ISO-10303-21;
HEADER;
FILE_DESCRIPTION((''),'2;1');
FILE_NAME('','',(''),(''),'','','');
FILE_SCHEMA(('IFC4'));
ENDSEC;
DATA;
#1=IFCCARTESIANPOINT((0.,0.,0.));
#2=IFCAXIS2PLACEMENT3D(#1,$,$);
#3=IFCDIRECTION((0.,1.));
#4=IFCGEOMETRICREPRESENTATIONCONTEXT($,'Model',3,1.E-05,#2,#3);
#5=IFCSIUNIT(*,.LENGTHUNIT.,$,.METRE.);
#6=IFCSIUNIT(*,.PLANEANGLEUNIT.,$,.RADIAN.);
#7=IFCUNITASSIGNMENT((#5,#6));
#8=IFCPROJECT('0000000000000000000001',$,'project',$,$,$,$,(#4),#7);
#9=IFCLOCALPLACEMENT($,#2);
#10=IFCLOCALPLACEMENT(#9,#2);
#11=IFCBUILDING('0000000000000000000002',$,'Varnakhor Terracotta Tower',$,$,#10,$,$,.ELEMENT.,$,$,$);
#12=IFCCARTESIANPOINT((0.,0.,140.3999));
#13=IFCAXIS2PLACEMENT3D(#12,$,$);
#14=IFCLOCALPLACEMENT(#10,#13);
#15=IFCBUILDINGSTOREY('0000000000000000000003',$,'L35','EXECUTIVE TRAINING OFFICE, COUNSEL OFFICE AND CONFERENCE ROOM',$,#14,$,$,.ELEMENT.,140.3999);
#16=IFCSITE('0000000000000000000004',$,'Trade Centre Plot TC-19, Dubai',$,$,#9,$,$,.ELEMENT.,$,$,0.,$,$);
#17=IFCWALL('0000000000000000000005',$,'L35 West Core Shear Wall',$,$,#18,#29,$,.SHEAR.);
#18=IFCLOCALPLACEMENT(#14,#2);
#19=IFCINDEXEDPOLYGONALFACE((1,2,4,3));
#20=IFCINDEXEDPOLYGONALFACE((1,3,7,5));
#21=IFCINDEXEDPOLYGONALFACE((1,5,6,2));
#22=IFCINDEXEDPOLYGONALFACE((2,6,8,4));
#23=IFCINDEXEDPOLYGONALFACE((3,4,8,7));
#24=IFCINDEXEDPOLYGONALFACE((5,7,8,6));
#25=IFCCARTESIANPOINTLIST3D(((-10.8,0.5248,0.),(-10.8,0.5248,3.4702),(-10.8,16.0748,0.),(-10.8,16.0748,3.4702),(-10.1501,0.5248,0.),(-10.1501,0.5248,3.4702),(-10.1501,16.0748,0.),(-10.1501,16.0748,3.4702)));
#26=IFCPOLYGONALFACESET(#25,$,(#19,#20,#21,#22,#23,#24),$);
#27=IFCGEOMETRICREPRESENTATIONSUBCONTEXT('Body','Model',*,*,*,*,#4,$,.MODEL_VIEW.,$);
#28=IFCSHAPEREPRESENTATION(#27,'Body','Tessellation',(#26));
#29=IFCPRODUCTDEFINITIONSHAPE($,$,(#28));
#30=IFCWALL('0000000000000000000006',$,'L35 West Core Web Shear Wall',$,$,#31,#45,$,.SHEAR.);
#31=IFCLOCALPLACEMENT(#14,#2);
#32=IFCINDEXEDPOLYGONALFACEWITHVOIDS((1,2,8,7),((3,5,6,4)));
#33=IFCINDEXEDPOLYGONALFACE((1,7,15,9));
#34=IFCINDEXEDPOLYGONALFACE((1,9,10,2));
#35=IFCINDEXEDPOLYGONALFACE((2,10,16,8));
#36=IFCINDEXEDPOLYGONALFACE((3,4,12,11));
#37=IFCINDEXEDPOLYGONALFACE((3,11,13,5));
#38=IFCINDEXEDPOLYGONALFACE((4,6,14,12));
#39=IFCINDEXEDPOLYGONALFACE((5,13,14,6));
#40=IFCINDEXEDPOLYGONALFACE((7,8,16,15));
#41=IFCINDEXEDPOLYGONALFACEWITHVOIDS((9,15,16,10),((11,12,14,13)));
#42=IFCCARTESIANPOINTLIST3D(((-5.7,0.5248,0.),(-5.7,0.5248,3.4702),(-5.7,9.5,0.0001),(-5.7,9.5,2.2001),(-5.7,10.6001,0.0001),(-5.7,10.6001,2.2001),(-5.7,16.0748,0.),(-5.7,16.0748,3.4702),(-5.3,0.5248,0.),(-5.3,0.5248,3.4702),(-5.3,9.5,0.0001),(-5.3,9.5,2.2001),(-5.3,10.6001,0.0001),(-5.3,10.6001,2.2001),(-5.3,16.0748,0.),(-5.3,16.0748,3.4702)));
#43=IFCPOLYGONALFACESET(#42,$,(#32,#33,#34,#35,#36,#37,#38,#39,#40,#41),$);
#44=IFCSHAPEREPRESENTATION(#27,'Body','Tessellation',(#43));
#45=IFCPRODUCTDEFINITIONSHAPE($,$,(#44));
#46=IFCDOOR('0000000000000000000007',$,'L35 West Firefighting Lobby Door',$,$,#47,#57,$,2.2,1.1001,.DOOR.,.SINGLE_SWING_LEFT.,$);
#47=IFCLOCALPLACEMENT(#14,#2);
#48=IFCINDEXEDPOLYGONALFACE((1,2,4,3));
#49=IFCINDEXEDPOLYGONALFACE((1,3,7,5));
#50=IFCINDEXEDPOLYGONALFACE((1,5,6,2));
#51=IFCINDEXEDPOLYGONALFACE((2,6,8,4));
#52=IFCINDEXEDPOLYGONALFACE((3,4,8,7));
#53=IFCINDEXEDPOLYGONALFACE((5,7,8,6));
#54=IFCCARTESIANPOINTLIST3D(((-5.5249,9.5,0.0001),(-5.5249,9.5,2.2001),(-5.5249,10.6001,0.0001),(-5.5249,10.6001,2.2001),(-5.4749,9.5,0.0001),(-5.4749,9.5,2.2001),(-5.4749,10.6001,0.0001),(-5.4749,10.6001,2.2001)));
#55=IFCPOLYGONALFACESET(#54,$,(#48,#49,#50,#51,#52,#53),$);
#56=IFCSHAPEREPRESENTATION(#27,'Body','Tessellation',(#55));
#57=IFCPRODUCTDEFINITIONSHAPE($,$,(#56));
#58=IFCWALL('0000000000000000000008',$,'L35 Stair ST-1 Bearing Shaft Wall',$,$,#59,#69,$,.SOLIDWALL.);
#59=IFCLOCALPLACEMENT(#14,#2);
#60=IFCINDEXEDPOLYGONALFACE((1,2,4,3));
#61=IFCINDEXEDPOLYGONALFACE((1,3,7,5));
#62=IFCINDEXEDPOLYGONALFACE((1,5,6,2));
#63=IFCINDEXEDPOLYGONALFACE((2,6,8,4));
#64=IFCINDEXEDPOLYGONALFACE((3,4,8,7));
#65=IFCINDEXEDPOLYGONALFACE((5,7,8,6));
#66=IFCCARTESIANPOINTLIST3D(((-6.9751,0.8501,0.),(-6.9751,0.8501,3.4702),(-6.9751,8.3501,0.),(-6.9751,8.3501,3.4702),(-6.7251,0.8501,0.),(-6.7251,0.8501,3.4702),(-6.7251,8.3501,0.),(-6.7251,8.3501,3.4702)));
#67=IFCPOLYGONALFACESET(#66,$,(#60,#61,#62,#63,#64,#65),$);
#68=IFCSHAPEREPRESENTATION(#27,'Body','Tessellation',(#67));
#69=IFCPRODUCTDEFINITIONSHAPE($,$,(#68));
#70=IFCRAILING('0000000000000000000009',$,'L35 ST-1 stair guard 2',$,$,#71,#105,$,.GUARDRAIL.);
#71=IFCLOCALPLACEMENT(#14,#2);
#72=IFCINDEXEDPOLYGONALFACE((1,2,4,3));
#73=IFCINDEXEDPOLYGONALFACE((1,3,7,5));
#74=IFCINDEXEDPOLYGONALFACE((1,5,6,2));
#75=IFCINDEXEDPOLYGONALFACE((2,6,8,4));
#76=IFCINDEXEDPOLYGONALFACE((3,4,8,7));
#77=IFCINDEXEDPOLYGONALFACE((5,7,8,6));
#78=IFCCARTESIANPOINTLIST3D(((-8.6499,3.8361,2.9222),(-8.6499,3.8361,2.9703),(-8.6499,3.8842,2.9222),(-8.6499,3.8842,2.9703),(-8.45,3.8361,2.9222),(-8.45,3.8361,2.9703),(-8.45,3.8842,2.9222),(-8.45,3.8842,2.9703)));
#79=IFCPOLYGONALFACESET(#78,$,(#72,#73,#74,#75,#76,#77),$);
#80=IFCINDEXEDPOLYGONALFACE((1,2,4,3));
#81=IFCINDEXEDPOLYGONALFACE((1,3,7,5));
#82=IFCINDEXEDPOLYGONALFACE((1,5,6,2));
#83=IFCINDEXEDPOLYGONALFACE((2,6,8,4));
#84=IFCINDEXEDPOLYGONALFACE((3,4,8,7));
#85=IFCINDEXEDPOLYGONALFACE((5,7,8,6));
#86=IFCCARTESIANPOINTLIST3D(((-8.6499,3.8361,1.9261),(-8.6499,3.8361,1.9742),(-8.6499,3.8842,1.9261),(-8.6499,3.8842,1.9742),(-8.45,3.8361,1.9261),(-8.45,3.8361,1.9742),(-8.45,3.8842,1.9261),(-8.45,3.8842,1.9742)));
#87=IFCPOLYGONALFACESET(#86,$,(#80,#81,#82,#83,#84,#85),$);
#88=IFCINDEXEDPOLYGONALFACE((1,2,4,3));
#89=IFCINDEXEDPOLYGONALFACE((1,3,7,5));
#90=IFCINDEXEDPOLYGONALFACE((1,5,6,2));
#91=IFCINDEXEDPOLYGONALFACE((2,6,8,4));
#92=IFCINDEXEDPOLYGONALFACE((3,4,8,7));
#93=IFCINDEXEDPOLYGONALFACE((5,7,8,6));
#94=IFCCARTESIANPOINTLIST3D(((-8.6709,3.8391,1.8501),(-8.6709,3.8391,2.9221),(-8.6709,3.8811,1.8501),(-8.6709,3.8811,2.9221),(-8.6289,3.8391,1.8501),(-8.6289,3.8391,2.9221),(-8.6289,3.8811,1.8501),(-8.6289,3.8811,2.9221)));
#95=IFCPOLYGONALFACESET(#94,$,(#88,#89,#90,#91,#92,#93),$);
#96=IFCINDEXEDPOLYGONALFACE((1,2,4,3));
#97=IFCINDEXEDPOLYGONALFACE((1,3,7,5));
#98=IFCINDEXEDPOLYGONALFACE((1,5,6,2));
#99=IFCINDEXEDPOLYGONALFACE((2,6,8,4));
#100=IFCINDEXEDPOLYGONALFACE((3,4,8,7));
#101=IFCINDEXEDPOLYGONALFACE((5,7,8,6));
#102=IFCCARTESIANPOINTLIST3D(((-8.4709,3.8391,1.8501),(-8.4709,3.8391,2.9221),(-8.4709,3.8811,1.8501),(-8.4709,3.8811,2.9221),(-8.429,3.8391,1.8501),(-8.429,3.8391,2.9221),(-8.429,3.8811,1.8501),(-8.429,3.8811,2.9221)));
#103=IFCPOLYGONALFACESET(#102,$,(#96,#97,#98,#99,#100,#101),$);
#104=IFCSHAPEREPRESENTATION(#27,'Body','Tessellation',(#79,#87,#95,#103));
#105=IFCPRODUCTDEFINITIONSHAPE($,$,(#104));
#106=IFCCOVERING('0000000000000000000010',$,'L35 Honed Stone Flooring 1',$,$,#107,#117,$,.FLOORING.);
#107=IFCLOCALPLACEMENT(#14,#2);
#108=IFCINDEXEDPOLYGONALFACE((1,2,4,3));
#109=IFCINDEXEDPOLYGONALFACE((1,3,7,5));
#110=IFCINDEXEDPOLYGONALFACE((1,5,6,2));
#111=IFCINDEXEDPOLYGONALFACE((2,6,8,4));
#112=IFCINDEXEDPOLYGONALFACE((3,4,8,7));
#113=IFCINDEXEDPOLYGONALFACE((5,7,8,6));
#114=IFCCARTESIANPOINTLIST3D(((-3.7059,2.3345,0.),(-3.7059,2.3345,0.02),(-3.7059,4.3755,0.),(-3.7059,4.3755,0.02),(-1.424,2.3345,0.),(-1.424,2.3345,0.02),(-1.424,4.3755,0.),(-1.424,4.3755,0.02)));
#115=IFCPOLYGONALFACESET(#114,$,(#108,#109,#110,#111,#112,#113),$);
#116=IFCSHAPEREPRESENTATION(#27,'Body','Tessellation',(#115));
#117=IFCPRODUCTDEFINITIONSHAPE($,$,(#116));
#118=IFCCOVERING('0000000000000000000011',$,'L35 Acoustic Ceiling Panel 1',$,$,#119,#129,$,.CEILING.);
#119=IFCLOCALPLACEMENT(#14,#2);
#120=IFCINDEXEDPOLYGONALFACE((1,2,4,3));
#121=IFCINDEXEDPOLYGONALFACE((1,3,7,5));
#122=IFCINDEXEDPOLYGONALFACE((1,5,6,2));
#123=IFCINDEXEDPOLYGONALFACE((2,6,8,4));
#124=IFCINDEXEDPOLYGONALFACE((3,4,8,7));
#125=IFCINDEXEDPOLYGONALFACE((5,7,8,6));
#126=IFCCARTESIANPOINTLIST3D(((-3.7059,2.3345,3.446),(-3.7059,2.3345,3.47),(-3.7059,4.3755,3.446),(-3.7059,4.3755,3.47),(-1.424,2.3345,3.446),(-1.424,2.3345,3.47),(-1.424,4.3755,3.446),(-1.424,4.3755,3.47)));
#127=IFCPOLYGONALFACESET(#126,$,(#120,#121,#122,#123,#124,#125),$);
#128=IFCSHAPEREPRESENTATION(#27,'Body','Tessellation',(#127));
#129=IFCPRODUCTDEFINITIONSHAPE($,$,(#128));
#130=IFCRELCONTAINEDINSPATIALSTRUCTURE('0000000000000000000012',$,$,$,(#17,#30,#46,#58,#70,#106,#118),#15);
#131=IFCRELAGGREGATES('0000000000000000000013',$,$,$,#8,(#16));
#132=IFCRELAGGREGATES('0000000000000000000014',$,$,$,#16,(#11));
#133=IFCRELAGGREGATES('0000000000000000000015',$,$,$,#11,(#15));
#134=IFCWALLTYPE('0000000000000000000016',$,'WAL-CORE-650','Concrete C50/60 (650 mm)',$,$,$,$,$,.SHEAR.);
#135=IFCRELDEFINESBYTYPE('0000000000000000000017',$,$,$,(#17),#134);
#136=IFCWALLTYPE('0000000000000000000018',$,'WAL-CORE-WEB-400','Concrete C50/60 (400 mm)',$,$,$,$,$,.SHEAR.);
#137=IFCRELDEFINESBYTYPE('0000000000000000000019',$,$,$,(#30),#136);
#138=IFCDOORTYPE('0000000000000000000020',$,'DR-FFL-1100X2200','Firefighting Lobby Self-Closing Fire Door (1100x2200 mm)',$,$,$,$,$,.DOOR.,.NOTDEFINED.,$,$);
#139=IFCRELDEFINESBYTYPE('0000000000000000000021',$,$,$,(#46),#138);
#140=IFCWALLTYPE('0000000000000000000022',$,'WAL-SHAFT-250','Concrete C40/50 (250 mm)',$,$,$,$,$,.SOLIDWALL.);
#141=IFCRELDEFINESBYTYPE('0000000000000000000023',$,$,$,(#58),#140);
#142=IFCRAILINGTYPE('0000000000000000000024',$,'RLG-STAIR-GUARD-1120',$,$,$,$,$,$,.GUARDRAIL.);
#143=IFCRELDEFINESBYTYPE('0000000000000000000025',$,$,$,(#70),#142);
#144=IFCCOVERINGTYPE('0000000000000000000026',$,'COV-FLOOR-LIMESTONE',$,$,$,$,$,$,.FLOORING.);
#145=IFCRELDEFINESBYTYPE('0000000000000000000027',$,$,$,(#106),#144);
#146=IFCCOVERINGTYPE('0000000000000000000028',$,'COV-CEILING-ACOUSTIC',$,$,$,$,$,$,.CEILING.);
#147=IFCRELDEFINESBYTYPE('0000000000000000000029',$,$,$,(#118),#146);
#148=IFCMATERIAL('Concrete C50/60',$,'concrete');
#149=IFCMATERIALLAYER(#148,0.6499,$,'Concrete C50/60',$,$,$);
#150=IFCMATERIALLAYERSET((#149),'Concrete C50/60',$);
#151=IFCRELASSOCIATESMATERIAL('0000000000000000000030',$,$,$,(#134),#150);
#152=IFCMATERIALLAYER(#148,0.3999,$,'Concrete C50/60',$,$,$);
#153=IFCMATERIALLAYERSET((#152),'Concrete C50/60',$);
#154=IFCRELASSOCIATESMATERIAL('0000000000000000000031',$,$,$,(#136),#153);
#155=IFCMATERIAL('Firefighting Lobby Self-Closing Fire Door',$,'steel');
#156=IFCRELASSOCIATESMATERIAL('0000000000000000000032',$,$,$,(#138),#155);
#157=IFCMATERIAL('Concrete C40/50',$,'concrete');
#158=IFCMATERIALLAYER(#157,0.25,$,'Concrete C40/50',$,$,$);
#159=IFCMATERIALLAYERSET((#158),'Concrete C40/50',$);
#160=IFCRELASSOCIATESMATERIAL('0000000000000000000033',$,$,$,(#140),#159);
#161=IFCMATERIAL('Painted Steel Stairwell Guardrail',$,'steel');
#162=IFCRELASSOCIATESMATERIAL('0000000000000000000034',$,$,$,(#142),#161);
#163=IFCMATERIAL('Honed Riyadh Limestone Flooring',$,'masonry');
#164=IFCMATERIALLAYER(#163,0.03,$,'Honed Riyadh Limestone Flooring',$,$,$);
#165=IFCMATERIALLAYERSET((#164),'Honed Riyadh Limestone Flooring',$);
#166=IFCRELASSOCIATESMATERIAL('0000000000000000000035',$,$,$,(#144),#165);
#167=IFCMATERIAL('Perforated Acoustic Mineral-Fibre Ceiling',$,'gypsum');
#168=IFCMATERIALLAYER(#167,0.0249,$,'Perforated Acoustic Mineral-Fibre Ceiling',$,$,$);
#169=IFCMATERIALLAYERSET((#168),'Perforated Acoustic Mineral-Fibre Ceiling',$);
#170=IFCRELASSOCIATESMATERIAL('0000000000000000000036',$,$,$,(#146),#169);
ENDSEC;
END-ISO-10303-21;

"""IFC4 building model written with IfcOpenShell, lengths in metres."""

from ifc_helpers import new_model, si_unit, direction, frame, frame_2d, origin, origin_2d, place, context, subcontext, project, spatial, rectangle, extrude, source, transform, mapped, material, layer, layer_set, type_object, type_shapes, element, fill, save


model = new_model("IFC4")

# Units and contexts
model_context = context("Model", 3, precision=1e-05, world=origin(), true_north=direction((0.0, 1.0)))
body_context = subcontext(model_context, "Body", "Model", "MODEL_VIEW")
ifc_project = project(units=[si_unit("LENGTHUNIT", "METRE"), si_unit("PLANEANGLEUNIT", "RADIAN")], contexts=[model_context])

# Site, building, storey
site_placement = place(None, origin())
site = spatial("IfcSite", under=ifc_project, at=site_placement, Name="Trade Centre Plot TC-19, Dubai", CompositionType="ELEMENT", RefElevation=0.0)
building_placement = place(site_placement, origin())
building = spatial("IfcBuilding", under=site, at=building_placement, Name="Varnakhor Terracotta Tower", CompositionType="ELEMENT")
storey_placement = place(building_placement, frame((0.0, 0.0, 140.3999)))
storey = spatial("IfcBuildingStorey", under=building, at=storey_placement, Name="L35", Description="EXECUTIVE TRAINING OFFICE, COUNSEL OFFICE AND CONFERENCE ROOM", CompositionType="ELEMENT", Elevation=140.3999)

# Shared definitions
ifc_material_1 = material(Name="Concrete C50/60", Category="concrete")

# Wall
ifc_layer_1 = layer(ifc_material_1, 0.6499, Name="Concrete C50/60")
ifc_layer_set_1 = layer_set([ifc_layer_1], Name="Concrete C50/60")
wall_type_1 = type_object("IfcWallType", Name="WAL-CORE-650", Description="Concrete C50/60 (650 mm)", PredefinedType="SHEAR", material=ifc_layer_set_1)
wall_1_placement = place(storey_placement, frame((-10.4751, 0.5249, 0.0), z_axis=(0.0, 0.0, 1.0), x_axis=(0.0, 1.0, 0.0)))
element("IfcWall", 1, at=wall_1_placement, inside=storey, type_object=wall_type_1, Name="L35 West Core Shear Wall", PredefinedType="SHEAR", context=body_context, shape_type="SweptSolid", body=[
    extrude(rectangle(XDim=15.55, YDim=0.6499, at=frame_2d((7.7749, 0.0))), origin(), (0.0, 0.0, 1.0), 3.4702),
])

# Wall, opening, door
ifc_layer_2 = layer(ifc_material_1, 0.3999, Name="Concrete C50/60")
ifc_layer_set_2 = layer_set([ifc_layer_2], Name="Concrete C50/60")
wall_type_2 = type_object("IfcWallType", Name="WAL-CORE-WEB-400", Description="Concrete C50/60 (400 mm)", PredefinedType="SHEAR", material=ifc_layer_set_2)
wall_2_placement = place(storey_placement, frame((-5.5, 0.5249, 0.0), z_axis=(0.0, 0.0, 1.0), x_axis=(0.0, 1.0, 0.0)))
wall_2 = element("IfcWall", 2, at=wall_2_placement, inside=storey, type_object=wall_type_2, Name="L35 West Core Web Shear Wall", PredefinedType="SHEAR", context=body_context, shape_type="SweptSolid", body=[
    extrude(rectangle(XDim=15.55, YDim=0.3999, at=frame_2d((7.7749, 0.0))), origin(), (0.0, 0.0, 1.0), 3.4702),
])
opening_placement = place(wall_2_placement, frame((8.9751, 0.0, 0.0)))
opening = element("IfcOpeningElement", 3, at=opening_placement, cuts=wall_2, PredefinedType="OPENING", context=body_context, shape_type="SweptSolid", body=[
    extrude(rectangle(XDim=1.1001, YDim=2.2, at=frame_2d((0.55, 1.1001))), frame((0.0, 0.21, 0.0), z_axis=(0.0, -1.0, 0.0), x_axis=(1.0, 0.0, 0.0)), (0.0, 0.0, 1.0), 0.4199),
])
ifc_material_2 = material(Name="Firefighting Lobby Self-Closing Fire Door", Category="steel")
door_type = type_object("IfcDoorType", Name="DR-FFL-1100X2200", Description="Firefighting Lobby Self-Closing Fire Door (1100x2200 mm)", OperationType="NOTDEFINED", PredefinedType="DOOR", material=ifc_material_2)
shared_shape_1 = source(origin(), body_context, "Body", "SweptSolid", [
    extrude(rectangle(XDim=1.1001, YDim=2.2, at=frame_2d((0.55, 1.1001))), frame((0.0, 0.0249, 0.0), z_axis=(0.0, -1.0, 0.0), x_axis=(1.0, 0.0, 0.0)), (0.0, 0.0, 1.0), 0.05),
])
type_shapes(door_type, [shared_shape_1])
door_placement = place(opening_placement, origin())
door = element("IfcDoor", 4, at=door_placement, inside=storey, type_object=door_type, Name="L35 West Firefighting Lobby Door", OperationType="SINGLE_SWING_LEFT", OverallHeight=2.2, OverallWidth=1.1001, PredefinedType="DOOR", context=body_context, shape_type="MappedRepresentation", body=[
    mapped(shared_shape_1, transform((0.0, 0.0, 0.0), scale=1.0)),
])
fill(opening, door)

# Wall
ifc_material_3 = material(Name="Concrete C40/50", Category="concrete")
ifc_layer_3 = layer(ifc_material_3, 0.25, Name="Concrete C40/50")
ifc_layer_set_3 = layer_set([ifc_layer_3], Name="Concrete C40/50")
wall_type_3 = type_object("IfcWallType", Name="WAL-SHAFT-250", Description="Concrete C40/50 (250 mm)", PredefinedType="SOLIDWALL", material=ifc_layer_set_3)
wall_3_placement = place(storey_placement, frame((-6.8501, 0.8501, 0.0), z_axis=(0.0, 0.0, 1.0), x_axis=(0.0, 1.0, 0.0)))
element("IfcWall", 5, at=wall_3_placement, inside=storey, type_object=wall_type_3, Name="L35 Stair ST-1 Bearing Shaft Wall", PredefinedType="SOLIDWALL", context=body_context, shape_type="SweptSolid", body=[
    extrude(rectangle(XDim=7.5, YDim=0.25, at=frame_2d((3.75, 0.0))), origin(), (0.0, 0.0, 1.0), 3.4702),
])

# Railing
ifc_material_4 = material(Name="Painted Steel Stairwell Guardrail", Category="steel")
railing_type = type_object("IfcRailingType", Name="RLG-STAIR-GUARD-1120", PredefinedType="GUARDRAIL", material=ifc_material_4)
railing_placement = place(storey_placement, frame((-8.6499, 3.8601, 1.8501)))
element("IfcRailing", 6, at=railing_placement, inside=storey, type_object=railing_type, Name="L35 ST-1 stair guard 2", PredefinedType="GUARDRAIL", context=body_context, shape_type="SweptSolid", body=[
    extrude(rectangle(XDim=0.0481, YDim=0.0481, at=origin_2d()), frame((0.0, 0.0, 1.0962), z_axis=(1.0, 0.0, 0.0), x_axis=(0.0, 1.0, 0.0)), (0.0, 0.0, 1.0), 0.2),
    extrude(rectangle(XDim=0.0481, YDim=0.0481, at=origin_2d()), frame((0.0, 0.0, 0.1001), z_axis=(1.0, 0.0, 0.0), x_axis=(0.0, 1.0, 0.0)), (0.0, 0.0, 1.0), 0.2),
    extrude(rectangle(XDim=0.042, YDim=0.042, at=origin_2d()), origin(), (0.0, 0.0, 1.0), 1.072),
    extrude(rectangle(XDim=0.042, YDim=0.042, at=origin_2d()), frame((0.2, 0.0, 0.0)), (0.0, 0.0, 1.0), 1.072),
])

# Coverings
ifc_material_5 = material(Name="Honed Riyadh Limestone Flooring", Category="masonry")
ifc_layer_4 = layer(ifc_material_5, 0.03, Name="Honed Riyadh Limestone Flooring")
ifc_layer_set_4 = layer_set([ifc_layer_4], Name="Honed Riyadh Limestone Flooring")
covering_type_1 = type_object("IfcCoveringType", Name="COV-FLOOR-LIMESTONE", PredefinedType="FLOORING", material=ifc_layer_set_4)
shared_shape_2 = source(origin(), body_context, "Body", "SweptSolid", [
    extrude(rectangle(XDim=2.282, YDim=2.041, at=origin_2d()), origin(), (0.0, 0.0, 1.0), 0.02),
])
covering_1_placement = place(storey_placement, frame((-2.5649, 3.355, 0.0), z_axis=(0.0, 0.0, 1.0), x_axis=(1.0, 0.0, 0.0)))
element("IfcCovering", 7, at=covering_1_placement, inside=storey, type_object=covering_type_1, Name="L35 Honed Stone Flooring 1", PredefinedType="FLOORING", context=body_context, shape_type="MappedRepresentation", body=[
    mapped(shared_shape_2, transform((0.0, 0.0, 0.0), scale=1.0)),
])
ifc_material_6 = material(Name="Perforated Acoustic Mineral-Fibre Ceiling", Category="gypsum")
ifc_layer_5 = layer(ifc_material_6, 0.0249, Name="Perforated Acoustic Mineral-Fibre Ceiling")
ifc_layer_set_5 = layer_set([ifc_layer_5], Name="Perforated Acoustic Mineral-Fibre Ceiling")
covering_type_2 = type_object("IfcCoveringType", Name="COV-CEILING-ACOUSTIC", PredefinedType="CEILING", material=ifc_layer_set_5)
shared_shape_3 = source(origin(), body_context, "Body", "SweptSolid", [
    extrude(rectangle(XDim=2.282, YDim=2.041, at=origin_2d()), origin(), (0.0, 0.0, 1.0), 0.0239),
])
covering_2_placement = place(storey_placement, frame((-2.5649, 3.355, 3.446), z_axis=(0.0, 0.0, 1.0), x_axis=(1.0, 0.0, 0.0)))
element("IfcCovering", 8, at=covering_2_placement, inside=storey, type_object=covering_type_2, Name="L35 Acoustic Ceiling Panel 1", PredefinedType="CEILING", context=body_context, shape_type="MappedRepresentation", body=[
    mapped(shared_shape_3, transform((0.0, 0.0, 0.0), scale=1.0)),
])

save(model, "model.ifc")
